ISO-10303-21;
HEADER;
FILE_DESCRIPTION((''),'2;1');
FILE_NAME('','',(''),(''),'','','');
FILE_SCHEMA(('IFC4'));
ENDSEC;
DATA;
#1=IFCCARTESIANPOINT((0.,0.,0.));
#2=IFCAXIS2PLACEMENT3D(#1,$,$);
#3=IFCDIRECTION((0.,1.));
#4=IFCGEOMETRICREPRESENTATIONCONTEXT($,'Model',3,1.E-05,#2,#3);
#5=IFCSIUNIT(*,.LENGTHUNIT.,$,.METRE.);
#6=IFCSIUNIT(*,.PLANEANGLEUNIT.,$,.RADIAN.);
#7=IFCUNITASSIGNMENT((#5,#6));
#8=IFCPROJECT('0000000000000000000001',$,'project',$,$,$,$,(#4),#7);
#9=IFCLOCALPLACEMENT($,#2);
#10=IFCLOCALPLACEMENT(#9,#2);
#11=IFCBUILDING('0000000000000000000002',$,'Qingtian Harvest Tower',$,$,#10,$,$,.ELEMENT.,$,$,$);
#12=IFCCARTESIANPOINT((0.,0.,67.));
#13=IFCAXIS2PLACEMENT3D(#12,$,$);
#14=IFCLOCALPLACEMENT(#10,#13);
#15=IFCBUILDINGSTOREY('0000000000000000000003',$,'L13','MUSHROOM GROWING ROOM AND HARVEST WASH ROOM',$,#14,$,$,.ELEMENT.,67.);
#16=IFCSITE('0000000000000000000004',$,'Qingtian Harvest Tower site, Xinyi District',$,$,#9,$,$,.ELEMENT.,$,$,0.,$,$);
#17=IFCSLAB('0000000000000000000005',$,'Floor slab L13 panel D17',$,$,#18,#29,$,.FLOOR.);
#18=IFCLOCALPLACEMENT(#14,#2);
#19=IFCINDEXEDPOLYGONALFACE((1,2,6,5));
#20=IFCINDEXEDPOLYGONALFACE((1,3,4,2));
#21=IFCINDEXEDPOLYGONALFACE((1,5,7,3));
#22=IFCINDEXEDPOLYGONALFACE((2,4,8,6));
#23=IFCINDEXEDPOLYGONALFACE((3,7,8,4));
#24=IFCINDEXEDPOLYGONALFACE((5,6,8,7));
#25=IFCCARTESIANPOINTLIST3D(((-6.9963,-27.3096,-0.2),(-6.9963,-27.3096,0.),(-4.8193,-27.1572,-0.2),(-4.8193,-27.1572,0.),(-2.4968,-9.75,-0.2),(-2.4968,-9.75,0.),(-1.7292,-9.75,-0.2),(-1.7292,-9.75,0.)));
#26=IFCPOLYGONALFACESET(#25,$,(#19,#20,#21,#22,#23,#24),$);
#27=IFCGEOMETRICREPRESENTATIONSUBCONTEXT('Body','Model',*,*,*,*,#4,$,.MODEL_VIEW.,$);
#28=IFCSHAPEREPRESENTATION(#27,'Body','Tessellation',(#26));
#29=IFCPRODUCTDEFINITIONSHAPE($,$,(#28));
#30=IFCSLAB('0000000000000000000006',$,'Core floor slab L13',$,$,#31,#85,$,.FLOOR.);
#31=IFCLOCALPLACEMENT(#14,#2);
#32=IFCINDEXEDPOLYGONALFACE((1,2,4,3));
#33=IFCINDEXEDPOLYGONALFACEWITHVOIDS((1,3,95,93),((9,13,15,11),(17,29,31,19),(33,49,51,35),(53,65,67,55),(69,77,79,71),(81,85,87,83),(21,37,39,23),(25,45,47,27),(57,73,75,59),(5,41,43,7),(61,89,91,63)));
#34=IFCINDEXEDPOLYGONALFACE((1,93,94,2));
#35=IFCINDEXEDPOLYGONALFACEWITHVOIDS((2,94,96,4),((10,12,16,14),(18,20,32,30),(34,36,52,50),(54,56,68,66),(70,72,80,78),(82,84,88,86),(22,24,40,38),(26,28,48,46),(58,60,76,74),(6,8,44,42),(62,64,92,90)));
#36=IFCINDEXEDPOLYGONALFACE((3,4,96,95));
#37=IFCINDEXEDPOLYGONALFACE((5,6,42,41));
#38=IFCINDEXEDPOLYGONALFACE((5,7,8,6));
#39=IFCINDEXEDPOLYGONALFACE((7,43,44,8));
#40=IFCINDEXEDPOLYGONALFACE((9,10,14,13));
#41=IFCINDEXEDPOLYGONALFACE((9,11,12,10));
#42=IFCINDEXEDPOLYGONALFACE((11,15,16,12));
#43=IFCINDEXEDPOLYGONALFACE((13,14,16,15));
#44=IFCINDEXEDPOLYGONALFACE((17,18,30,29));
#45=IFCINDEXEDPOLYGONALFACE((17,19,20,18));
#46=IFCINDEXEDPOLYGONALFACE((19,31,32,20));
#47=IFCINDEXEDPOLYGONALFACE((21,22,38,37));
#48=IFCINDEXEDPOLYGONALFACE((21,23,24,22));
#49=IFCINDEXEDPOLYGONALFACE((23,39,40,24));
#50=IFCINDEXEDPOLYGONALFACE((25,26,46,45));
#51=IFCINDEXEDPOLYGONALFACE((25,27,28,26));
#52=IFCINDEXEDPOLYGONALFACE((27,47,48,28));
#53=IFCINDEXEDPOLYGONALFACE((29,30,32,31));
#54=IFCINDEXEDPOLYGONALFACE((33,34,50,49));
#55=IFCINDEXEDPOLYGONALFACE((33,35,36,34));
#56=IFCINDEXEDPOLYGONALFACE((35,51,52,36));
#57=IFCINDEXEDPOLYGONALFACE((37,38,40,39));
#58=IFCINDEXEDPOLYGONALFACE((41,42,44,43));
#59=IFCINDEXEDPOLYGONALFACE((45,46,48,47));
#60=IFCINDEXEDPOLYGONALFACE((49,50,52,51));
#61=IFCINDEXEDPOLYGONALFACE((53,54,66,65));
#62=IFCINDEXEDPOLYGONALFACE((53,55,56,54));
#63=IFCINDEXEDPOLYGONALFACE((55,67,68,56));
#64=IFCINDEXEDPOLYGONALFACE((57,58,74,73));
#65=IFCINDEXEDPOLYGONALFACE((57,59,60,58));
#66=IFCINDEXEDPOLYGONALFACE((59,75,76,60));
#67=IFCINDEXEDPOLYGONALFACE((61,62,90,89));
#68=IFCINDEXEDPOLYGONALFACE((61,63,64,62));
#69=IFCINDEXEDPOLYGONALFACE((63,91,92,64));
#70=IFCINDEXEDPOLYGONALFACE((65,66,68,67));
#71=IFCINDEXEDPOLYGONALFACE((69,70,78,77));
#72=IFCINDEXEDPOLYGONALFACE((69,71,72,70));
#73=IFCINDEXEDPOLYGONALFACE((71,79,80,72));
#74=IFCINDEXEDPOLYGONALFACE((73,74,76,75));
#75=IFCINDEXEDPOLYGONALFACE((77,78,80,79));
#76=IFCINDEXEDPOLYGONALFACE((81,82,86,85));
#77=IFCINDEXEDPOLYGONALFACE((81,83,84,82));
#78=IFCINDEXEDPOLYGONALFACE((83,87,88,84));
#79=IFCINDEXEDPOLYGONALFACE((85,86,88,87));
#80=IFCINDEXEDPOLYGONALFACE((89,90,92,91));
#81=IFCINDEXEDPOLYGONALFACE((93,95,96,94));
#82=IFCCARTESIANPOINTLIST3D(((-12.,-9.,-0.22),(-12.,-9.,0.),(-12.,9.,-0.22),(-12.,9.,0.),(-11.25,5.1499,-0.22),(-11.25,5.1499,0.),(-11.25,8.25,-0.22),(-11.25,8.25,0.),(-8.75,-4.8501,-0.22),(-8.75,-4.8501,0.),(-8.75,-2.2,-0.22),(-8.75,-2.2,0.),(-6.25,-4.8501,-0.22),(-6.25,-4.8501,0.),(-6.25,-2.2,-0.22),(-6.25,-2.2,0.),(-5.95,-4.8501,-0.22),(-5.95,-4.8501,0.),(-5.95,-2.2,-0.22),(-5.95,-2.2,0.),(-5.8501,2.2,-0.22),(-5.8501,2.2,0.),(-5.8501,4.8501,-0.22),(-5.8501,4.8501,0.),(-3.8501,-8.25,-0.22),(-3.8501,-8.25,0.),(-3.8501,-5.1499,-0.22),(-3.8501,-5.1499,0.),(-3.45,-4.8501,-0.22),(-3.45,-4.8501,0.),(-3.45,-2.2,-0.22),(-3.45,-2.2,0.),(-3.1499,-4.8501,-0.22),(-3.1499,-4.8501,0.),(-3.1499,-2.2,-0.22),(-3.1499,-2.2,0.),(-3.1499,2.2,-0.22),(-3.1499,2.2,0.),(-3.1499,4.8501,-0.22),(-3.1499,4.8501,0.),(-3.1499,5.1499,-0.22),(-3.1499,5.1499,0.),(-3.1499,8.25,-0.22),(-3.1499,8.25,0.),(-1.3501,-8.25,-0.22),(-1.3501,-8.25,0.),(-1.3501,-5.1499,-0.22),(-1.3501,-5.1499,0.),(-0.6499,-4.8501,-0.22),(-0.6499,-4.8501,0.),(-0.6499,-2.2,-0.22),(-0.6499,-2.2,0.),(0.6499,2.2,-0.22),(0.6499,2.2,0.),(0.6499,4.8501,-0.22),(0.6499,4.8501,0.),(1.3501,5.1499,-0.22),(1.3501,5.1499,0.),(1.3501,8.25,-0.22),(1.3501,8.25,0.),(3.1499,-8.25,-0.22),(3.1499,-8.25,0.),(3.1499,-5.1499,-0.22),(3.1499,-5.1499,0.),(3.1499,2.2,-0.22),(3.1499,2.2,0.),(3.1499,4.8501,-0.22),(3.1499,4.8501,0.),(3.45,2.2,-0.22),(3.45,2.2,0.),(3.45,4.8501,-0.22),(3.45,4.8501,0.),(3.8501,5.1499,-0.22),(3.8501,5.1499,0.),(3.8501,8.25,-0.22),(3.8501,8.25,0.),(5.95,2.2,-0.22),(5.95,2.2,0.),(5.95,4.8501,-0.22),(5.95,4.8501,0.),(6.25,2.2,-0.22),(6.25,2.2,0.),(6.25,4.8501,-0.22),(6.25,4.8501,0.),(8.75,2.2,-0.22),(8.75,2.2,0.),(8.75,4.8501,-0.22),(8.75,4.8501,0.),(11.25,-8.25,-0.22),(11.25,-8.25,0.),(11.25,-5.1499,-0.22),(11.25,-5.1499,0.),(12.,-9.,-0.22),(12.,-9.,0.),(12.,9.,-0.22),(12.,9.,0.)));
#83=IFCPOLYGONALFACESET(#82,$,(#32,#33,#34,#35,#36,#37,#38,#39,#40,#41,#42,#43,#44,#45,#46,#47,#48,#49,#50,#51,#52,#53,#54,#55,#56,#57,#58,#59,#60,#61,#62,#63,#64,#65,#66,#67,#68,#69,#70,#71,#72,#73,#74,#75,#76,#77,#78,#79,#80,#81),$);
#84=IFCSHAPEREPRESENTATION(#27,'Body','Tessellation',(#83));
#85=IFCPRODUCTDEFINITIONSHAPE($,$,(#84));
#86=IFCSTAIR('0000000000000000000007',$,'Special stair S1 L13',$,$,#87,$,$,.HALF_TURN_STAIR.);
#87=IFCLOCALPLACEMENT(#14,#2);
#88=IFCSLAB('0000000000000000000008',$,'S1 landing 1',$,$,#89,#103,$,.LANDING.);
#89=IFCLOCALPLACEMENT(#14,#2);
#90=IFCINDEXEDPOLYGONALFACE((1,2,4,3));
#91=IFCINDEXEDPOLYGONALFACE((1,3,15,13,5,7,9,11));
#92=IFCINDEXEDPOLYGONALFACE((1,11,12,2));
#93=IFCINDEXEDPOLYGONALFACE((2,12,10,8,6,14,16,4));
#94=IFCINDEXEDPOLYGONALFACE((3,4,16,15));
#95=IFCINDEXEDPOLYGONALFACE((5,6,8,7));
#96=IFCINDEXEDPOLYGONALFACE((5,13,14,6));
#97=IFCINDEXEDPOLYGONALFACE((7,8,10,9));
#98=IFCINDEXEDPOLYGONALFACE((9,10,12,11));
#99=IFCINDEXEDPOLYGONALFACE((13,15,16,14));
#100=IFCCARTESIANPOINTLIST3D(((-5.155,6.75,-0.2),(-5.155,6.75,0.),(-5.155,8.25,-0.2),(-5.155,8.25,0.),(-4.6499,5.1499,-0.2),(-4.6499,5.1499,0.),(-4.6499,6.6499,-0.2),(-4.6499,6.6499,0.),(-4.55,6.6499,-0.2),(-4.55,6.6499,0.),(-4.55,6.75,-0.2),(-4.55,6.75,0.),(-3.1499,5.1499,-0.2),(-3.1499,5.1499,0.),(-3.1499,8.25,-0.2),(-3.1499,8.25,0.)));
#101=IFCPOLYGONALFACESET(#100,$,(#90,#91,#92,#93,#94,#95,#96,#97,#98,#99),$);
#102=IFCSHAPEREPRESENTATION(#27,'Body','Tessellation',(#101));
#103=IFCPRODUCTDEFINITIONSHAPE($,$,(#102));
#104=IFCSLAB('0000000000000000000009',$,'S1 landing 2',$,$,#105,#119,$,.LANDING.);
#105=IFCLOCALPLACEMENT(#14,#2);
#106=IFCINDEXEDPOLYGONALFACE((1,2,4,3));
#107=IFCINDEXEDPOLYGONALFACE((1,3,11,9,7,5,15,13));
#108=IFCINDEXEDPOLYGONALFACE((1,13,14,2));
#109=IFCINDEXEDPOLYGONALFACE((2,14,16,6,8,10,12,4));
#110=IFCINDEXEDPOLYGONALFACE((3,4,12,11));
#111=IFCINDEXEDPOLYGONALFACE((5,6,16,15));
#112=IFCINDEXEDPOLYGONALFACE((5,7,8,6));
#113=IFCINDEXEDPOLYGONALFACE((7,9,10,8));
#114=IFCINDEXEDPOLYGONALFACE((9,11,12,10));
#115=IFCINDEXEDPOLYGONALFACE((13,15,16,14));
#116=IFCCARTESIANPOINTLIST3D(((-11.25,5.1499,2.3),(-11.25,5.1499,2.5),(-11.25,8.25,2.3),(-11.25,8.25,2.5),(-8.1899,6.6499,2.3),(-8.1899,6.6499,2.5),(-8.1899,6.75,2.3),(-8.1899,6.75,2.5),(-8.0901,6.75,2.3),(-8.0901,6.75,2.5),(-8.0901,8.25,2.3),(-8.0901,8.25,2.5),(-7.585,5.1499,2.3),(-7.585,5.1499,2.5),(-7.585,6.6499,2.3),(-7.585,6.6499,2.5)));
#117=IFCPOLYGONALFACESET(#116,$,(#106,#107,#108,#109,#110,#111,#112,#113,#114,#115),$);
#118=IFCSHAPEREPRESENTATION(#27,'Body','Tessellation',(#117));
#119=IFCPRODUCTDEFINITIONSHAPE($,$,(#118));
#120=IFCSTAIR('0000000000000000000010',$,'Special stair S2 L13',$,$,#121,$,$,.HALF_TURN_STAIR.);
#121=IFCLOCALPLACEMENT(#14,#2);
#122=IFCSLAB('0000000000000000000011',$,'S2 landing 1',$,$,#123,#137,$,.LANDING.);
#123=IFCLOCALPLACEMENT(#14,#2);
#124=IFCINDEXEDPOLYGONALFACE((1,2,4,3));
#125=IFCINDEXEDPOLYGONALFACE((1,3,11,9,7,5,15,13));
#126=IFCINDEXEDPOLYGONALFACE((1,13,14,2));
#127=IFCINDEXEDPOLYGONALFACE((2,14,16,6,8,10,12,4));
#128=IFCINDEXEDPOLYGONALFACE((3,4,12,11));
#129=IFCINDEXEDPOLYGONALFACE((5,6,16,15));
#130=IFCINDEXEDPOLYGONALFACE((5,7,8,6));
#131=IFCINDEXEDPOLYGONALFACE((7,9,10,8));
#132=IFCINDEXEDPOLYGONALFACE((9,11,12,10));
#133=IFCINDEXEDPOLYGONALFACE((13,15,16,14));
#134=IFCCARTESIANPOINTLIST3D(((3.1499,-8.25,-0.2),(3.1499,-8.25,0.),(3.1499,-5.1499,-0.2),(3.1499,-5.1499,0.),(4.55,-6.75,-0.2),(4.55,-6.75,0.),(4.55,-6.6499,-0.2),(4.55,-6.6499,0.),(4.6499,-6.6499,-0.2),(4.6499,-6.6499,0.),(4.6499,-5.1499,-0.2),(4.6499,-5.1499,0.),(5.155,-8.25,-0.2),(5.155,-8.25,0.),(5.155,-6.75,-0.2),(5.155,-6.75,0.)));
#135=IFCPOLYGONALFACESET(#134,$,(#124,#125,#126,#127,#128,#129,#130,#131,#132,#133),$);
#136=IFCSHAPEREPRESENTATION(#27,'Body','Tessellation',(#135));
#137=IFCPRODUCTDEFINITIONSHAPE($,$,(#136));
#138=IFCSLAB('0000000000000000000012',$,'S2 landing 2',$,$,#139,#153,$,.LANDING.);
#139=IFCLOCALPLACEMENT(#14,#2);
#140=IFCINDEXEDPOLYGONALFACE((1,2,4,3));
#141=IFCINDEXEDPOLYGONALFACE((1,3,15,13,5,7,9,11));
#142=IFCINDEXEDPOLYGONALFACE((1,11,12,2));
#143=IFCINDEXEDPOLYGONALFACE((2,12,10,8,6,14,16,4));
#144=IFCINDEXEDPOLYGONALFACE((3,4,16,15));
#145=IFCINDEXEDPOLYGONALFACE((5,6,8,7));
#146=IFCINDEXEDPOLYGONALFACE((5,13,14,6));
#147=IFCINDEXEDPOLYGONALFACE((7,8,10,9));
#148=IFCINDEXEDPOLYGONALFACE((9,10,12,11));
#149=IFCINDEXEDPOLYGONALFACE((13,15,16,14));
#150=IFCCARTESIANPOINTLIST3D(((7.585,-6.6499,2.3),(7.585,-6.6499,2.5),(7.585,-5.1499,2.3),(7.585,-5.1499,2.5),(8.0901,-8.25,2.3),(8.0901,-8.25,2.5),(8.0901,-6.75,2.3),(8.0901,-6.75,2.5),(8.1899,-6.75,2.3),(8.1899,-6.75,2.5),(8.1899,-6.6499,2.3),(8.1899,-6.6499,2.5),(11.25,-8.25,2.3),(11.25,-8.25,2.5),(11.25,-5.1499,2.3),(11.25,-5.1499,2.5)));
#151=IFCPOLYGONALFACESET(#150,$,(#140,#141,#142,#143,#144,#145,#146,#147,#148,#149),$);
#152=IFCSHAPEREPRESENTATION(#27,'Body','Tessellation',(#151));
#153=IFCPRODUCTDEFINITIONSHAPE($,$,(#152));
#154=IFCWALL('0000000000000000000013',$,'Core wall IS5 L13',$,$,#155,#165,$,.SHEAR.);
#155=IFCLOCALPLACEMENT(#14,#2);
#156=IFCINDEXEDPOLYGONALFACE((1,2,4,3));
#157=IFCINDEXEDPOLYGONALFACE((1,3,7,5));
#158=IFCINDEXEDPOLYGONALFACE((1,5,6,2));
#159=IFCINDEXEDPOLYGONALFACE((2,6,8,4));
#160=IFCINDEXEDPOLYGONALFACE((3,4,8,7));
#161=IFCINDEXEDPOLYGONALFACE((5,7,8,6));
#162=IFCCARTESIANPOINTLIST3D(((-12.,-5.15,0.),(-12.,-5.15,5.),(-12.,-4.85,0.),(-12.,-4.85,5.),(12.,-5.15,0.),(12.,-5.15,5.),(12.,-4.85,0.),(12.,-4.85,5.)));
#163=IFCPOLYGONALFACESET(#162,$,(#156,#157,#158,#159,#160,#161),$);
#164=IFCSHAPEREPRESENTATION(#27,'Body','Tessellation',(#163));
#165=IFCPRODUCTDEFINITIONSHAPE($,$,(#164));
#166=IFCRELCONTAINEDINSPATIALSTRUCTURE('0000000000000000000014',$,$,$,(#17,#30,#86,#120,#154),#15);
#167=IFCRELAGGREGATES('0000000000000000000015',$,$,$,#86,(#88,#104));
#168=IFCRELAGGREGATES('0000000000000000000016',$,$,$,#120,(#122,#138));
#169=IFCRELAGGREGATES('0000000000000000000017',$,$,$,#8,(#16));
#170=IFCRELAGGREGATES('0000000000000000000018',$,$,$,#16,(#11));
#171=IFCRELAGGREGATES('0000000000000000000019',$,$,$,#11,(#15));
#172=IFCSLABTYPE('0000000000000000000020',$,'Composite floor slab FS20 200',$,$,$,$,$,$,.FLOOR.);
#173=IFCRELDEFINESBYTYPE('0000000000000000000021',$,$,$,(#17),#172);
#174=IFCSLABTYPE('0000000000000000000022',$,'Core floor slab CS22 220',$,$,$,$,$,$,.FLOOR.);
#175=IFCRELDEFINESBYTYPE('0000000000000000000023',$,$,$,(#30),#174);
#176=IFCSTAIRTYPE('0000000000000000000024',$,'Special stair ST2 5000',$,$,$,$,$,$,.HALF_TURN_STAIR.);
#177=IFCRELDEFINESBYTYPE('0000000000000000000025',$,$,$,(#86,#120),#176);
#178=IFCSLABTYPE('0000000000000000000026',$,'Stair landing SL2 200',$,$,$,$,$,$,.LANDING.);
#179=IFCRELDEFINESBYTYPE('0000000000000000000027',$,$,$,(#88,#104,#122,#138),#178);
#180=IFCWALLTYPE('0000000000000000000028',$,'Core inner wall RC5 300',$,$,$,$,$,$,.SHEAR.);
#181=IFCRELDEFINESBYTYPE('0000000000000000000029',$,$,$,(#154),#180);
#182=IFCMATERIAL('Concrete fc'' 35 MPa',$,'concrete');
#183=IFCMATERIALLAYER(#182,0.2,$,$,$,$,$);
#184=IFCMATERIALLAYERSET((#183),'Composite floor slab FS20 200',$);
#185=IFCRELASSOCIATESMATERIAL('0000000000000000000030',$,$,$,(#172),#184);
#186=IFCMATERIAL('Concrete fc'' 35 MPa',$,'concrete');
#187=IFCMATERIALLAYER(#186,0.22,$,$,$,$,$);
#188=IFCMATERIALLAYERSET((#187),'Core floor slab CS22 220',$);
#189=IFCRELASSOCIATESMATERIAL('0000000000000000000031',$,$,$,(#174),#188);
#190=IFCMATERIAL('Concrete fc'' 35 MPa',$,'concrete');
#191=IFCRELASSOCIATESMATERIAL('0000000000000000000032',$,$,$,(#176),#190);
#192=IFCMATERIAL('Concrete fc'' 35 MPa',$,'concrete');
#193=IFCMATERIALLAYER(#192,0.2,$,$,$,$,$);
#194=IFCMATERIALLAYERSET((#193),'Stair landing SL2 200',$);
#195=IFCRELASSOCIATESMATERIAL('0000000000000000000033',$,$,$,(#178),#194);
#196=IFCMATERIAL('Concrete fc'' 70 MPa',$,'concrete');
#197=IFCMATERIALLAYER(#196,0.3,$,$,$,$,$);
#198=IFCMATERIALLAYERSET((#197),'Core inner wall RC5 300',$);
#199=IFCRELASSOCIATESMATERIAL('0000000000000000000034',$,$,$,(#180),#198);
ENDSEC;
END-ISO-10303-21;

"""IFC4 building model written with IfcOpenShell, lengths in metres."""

from ifc_helpers import new_model, si_unit, direction, frame, frame_2d, origin, place, context, subcontext, project, spatial, polyline, rectangle, outline, extrude, material, layer, layer_set, type_object, element, aggregate, save


model = new_model("IFC4")

# Units and contexts
model_context = context("Model", 3, precision=1e-05, world=origin(), true_north=direction((0.0, 1.0)))
body_context = subcontext(model_context, "Body", "Model", "MODEL_VIEW")
ifc_project = project(units=[si_unit("LENGTHUNIT", "METRE"), si_unit("PLANEANGLEUNIT", "RADIAN")], contexts=[model_context])

# Site, building, storey
site_placement = place(None, origin())
site = spatial("IfcSite", under=ifc_project, at=site_placement, Name="Qingtian Harvest Tower site, Xinyi District", CompositionType="ELEMENT", RefElevation=0.0)
building_placement = place(site_placement, origin())
building = spatial("IfcBuilding", under=site, at=building_placement, Name="Qingtian Harvest Tower", CompositionType="ELEMENT")
storey_placement = place(building_placement, frame((0.0, 0.0, 67.0)))
storey = spatial("IfcBuildingStorey", under=building, at=storey_placement, Name="L13", Description="MUSHROOM GROWING ROOM AND HARVEST WASH ROOM", CompositionType="ELEMENT", Elevation=67.0)

# Slabs
ifc_material_1 = material(Name="Concrete fc' 35 MPa", Category="concrete")
ifc_layer_1 = layer(ifc_material_1, 0.2)
ifc_layer_set_1 = layer_set([ifc_layer_1], Name="Composite floor slab FS20 200")
slab_type_1 = type_object("IfcSlabType", Name="Composite floor slab FS20 200", PredefinedType="FLOOR", material=ifc_layer_set_1)
slab_1_placement = place(storey_placement, frame((0.0, 0.0, -0.2)))
element("IfcSlab", 1, at=slab_1_placement, inside=storey, type_object=slab_type_1, Name="Floor slab L13 panel D17", PredefinedType="FLOOR", context=body_context, shape_type="SweptSolid", body=[
    extrude(outline(polyline([(-1.7292, -9.75), (-4.8193, -27.1572), (-6.9963, -27.3096), (-2.4968, -9.75), (-1.7292, -9.75)])), origin(), (0.0, 0.0, 1.0), 0.2),
])
ifc_material_2 = material(Name="Concrete fc' 35 MPa", Category="concrete")
ifc_layer_2 = layer(ifc_material_2, 0.22)
ifc_layer_set_2 = layer_set([ifc_layer_2], Name="Core floor slab CS22 220")
slab_type_2 = type_object("IfcSlabType", Name="Core floor slab CS22 220", PredefinedType="FLOOR", material=ifc_layer_set_2)
slab_2_placement = place(storey_placement, frame((0.0, 0.0, -0.22)))
element("IfcSlab", 2, at=slab_2_placement, inside=storey, type_object=slab_type_2, Name="Core floor slab L13", PredefinedType="FLOOR", context=body_context, shape_type="SweptSolid", body=[
    extrude(outline(polyline([(-12.0, -9.0), (12.0, -9.0), (12.0, 9.0), (-12.0, 9.0), (-12.0, -9.0)]), holes=[polyline([(-11.25, 5.1499), (-3.1499, 5.1499), (-3.1499, 8.25), (-11.25, 8.25), (-11.25, 5.1499)]), polyline([(3.1499, -8.25), (11.25, -8.25), (11.25, -5.1499), (3.1499, -5.1499), (3.1499, -8.25)]), polyline([(1.3501, 5.1499), (3.8501, 5.1499), (3.8501, 8.25), (1.3501, 8.25), (1.3501, 5.1499)]), polyline([(-3.8501, -8.25), (-1.3501, -8.25), (-1.3501, -5.1499), (-3.8501, -5.1499), (-3.8501, -8.25)]), polyline([(-5.8501, 2.2), (-3.1499, 2.2), (-3.1499, 4.8501), (-5.8501, 4.8501), (-5.8501, 2.2)]), polyline([(0.6499, 2.2), (3.1499, 2.2), (3.1499, 4.8501), (0.6499, 4.8501), (0.6499, 2.2)]), polyline([(3.45, 2.2), (5.95, 2.2), (5.95, 4.8501), (3.45, 4.8501), (3.45, 2.2)]), polyline([(6.25, 2.2), (8.75, 2.2), (8.75, 4.8501), (6.25, 4.8501), (6.25, 2.2)]), polyline([(-8.75, -4.8501), (-6.25, -4.8501), (-6.25, -2.2), (-8.75, -2.2), (-8.75, -4.8501)]), polyline([(-5.95, -4.8501), (-3.45, -4.8501), (-3.45, -2.2), (-5.95, -2.2), (-5.95, -4.8501)]), polyline([(-3.1499, -4.8501), (-0.6499, -4.8501), (-0.6499, -2.2), (-3.1499, -2.2), (-3.1499, -4.8501)])]), origin(), (0.0, 0.0, 1.0), 0.22),
])

# Stairs, slabs
ifc_material_3 = material(Name="Concrete fc' 35 MPa", Category="concrete")
stair_type = type_object("IfcStairType", Name="Special stair ST2 5000", PredefinedType="HALF_TURN_STAIR", material=ifc_material_3)
stair_1_placement = place(storey_placement, origin())
stair_1 = element("IfcStair", 3, at=stair_1_placement, inside=storey, type_object=stair_type, Name="Special stair S1 L13", PredefinedType="HALF_TURN_STAIR")
ifc_material_4 = material(Name="Concrete fc' 35 MPa", Category="concrete")
ifc_layer_3 = layer(ifc_material_4, 0.2)
ifc_layer_set_3 = layer_set([ifc_layer_3], Name="Stair landing SL2 200")
slab_type_3 = type_object("IfcSlabType", Name="Stair landing SL2 200", PredefinedType="LANDING", material=ifc_layer_set_3)
slab_3_placement = place(storey_placement, frame((0.0, 0.0, -0.2)))
slab_3 = element("IfcSlab", 4, at=slab_3_placement, type_object=slab_type_3, Name="S1 landing 1", PredefinedType="LANDING", context=body_context, shape_type="SweptSolid", body=[
    extrude(outline(polyline([(-4.6499, 5.1499), (-4.6499, 6.6499), (-4.55, 6.6499), (-4.55, 6.75), (-5.155, 6.75), (-5.155, 8.25), (-3.1499, 8.25), (-3.1499, 5.1499), (-4.6499, 5.1499)])), origin(), (0.0, 0.0, 1.0), 0.2),
])
slab_4_placement = place(storey_placement, frame((0.0, 0.0, 2.3)))
slab_4 = element("IfcSlab", 5, at=slab_4_placement, type_object=slab_type_3, Name="S1 landing 2", PredefinedType="LANDING", context=body_context, shape_type="SweptSolid", body=[
    extrude(outline(polyline([(-7.585, 5.1499), (-11.25, 5.1499), (-11.25, 8.25), (-8.0901, 8.25), (-8.0901, 6.75), (-8.1899, 6.75), (-8.1899, 6.6499), (-7.585, 6.6499), (-7.585, 5.1499)])), origin(), (0.0, 0.0, 1.0), 0.2),
])
aggregate(stair_1, [slab_3, slab_4])
stair_2_placement = place(storey_placement, origin())
stair_2 = element("IfcStair", 6, at=stair_2_placement, inside=storey, type_object=stair_type, Name="Special stair S2 L13", PredefinedType="HALF_TURN_STAIR")
slab_5_placement = place(storey_placement, frame((0.0, 0.0, -0.2)))
slab_5 = element("IfcSlab", 7, at=slab_5_placement, type_object=slab_type_3, Name="S2 landing 1", PredefinedType="LANDING", context=body_context, shape_type="SweptSolid", body=[
    extrude(outline(polyline([(5.155, -8.25), (3.1499, -8.25), (3.1499, -5.1499), (4.6499, -5.1499), (4.6499, -6.6499), (4.55, -6.6499), (4.55, -6.75), (5.155, -6.75), (5.155, -8.25)])), origin(), (0.0, 0.0, 1.0), 0.2),
])
slab_6_placement = place(storey_placement, frame((0.0, 0.0, 2.3)))
slab_6 = element("IfcSlab", 8, at=slab_6_placement, type_object=slab_type_3, Name="S2 landing 2", PredefinedType="LANDING", context=body_context, shape_type="SweptSolid", body=[
    extrude(outline(polyline([(8.0901, -8.25), (8.0901, -6.75), (8.1899, -6.75), (8.1899, -6.6499), (7.585, -6.6499), (7.585, -5.1499), (11.25, -5.1499), (11.25, -8.25), (8.0901, -8.25)])), origin(), (0.0, 0.0, 1.0), 0.2),
])
aggregate(stair_2, [slab_5, slab_6])

# Wall
ifc_material_5 = material(Name="Concrete fc' 70 MPa", Category="concrete")
ifc_layer_4 = layer(ifc_material_5, 0.3)
ifc_layer_set_4 = layer_set([ifc_layer_4], Name="Core inner wall RC5 300")
wall_type_1 = type_object("IfcWallType", Name="Core inner wall RC5 300", PredefinedType="SHEAR", material=ifc_layer_set_4)
wall_1_placement = place(storey_placement, frame((-12.0, -5.0, 0.0), z_axis=(0.0, 0.0, 1.0), x_axis=(1.0, 0.0, 0.0)))
element("IfcWall", 9, at=wall_1_placement, inside=storey, type_object=wall_type_1, Name="Core wall IS5 L13", PredefinedType="SHEAR", context=body_context, shape_type="SweptSolid", body=[
    extrude(rectangle(XDim=24.0, YDim=0.3, at=frame_2d((12.0, 0.0))), origin(), (0.0, 0.0, 1.0), 5.0),
])

save(model, "model.ifc")
